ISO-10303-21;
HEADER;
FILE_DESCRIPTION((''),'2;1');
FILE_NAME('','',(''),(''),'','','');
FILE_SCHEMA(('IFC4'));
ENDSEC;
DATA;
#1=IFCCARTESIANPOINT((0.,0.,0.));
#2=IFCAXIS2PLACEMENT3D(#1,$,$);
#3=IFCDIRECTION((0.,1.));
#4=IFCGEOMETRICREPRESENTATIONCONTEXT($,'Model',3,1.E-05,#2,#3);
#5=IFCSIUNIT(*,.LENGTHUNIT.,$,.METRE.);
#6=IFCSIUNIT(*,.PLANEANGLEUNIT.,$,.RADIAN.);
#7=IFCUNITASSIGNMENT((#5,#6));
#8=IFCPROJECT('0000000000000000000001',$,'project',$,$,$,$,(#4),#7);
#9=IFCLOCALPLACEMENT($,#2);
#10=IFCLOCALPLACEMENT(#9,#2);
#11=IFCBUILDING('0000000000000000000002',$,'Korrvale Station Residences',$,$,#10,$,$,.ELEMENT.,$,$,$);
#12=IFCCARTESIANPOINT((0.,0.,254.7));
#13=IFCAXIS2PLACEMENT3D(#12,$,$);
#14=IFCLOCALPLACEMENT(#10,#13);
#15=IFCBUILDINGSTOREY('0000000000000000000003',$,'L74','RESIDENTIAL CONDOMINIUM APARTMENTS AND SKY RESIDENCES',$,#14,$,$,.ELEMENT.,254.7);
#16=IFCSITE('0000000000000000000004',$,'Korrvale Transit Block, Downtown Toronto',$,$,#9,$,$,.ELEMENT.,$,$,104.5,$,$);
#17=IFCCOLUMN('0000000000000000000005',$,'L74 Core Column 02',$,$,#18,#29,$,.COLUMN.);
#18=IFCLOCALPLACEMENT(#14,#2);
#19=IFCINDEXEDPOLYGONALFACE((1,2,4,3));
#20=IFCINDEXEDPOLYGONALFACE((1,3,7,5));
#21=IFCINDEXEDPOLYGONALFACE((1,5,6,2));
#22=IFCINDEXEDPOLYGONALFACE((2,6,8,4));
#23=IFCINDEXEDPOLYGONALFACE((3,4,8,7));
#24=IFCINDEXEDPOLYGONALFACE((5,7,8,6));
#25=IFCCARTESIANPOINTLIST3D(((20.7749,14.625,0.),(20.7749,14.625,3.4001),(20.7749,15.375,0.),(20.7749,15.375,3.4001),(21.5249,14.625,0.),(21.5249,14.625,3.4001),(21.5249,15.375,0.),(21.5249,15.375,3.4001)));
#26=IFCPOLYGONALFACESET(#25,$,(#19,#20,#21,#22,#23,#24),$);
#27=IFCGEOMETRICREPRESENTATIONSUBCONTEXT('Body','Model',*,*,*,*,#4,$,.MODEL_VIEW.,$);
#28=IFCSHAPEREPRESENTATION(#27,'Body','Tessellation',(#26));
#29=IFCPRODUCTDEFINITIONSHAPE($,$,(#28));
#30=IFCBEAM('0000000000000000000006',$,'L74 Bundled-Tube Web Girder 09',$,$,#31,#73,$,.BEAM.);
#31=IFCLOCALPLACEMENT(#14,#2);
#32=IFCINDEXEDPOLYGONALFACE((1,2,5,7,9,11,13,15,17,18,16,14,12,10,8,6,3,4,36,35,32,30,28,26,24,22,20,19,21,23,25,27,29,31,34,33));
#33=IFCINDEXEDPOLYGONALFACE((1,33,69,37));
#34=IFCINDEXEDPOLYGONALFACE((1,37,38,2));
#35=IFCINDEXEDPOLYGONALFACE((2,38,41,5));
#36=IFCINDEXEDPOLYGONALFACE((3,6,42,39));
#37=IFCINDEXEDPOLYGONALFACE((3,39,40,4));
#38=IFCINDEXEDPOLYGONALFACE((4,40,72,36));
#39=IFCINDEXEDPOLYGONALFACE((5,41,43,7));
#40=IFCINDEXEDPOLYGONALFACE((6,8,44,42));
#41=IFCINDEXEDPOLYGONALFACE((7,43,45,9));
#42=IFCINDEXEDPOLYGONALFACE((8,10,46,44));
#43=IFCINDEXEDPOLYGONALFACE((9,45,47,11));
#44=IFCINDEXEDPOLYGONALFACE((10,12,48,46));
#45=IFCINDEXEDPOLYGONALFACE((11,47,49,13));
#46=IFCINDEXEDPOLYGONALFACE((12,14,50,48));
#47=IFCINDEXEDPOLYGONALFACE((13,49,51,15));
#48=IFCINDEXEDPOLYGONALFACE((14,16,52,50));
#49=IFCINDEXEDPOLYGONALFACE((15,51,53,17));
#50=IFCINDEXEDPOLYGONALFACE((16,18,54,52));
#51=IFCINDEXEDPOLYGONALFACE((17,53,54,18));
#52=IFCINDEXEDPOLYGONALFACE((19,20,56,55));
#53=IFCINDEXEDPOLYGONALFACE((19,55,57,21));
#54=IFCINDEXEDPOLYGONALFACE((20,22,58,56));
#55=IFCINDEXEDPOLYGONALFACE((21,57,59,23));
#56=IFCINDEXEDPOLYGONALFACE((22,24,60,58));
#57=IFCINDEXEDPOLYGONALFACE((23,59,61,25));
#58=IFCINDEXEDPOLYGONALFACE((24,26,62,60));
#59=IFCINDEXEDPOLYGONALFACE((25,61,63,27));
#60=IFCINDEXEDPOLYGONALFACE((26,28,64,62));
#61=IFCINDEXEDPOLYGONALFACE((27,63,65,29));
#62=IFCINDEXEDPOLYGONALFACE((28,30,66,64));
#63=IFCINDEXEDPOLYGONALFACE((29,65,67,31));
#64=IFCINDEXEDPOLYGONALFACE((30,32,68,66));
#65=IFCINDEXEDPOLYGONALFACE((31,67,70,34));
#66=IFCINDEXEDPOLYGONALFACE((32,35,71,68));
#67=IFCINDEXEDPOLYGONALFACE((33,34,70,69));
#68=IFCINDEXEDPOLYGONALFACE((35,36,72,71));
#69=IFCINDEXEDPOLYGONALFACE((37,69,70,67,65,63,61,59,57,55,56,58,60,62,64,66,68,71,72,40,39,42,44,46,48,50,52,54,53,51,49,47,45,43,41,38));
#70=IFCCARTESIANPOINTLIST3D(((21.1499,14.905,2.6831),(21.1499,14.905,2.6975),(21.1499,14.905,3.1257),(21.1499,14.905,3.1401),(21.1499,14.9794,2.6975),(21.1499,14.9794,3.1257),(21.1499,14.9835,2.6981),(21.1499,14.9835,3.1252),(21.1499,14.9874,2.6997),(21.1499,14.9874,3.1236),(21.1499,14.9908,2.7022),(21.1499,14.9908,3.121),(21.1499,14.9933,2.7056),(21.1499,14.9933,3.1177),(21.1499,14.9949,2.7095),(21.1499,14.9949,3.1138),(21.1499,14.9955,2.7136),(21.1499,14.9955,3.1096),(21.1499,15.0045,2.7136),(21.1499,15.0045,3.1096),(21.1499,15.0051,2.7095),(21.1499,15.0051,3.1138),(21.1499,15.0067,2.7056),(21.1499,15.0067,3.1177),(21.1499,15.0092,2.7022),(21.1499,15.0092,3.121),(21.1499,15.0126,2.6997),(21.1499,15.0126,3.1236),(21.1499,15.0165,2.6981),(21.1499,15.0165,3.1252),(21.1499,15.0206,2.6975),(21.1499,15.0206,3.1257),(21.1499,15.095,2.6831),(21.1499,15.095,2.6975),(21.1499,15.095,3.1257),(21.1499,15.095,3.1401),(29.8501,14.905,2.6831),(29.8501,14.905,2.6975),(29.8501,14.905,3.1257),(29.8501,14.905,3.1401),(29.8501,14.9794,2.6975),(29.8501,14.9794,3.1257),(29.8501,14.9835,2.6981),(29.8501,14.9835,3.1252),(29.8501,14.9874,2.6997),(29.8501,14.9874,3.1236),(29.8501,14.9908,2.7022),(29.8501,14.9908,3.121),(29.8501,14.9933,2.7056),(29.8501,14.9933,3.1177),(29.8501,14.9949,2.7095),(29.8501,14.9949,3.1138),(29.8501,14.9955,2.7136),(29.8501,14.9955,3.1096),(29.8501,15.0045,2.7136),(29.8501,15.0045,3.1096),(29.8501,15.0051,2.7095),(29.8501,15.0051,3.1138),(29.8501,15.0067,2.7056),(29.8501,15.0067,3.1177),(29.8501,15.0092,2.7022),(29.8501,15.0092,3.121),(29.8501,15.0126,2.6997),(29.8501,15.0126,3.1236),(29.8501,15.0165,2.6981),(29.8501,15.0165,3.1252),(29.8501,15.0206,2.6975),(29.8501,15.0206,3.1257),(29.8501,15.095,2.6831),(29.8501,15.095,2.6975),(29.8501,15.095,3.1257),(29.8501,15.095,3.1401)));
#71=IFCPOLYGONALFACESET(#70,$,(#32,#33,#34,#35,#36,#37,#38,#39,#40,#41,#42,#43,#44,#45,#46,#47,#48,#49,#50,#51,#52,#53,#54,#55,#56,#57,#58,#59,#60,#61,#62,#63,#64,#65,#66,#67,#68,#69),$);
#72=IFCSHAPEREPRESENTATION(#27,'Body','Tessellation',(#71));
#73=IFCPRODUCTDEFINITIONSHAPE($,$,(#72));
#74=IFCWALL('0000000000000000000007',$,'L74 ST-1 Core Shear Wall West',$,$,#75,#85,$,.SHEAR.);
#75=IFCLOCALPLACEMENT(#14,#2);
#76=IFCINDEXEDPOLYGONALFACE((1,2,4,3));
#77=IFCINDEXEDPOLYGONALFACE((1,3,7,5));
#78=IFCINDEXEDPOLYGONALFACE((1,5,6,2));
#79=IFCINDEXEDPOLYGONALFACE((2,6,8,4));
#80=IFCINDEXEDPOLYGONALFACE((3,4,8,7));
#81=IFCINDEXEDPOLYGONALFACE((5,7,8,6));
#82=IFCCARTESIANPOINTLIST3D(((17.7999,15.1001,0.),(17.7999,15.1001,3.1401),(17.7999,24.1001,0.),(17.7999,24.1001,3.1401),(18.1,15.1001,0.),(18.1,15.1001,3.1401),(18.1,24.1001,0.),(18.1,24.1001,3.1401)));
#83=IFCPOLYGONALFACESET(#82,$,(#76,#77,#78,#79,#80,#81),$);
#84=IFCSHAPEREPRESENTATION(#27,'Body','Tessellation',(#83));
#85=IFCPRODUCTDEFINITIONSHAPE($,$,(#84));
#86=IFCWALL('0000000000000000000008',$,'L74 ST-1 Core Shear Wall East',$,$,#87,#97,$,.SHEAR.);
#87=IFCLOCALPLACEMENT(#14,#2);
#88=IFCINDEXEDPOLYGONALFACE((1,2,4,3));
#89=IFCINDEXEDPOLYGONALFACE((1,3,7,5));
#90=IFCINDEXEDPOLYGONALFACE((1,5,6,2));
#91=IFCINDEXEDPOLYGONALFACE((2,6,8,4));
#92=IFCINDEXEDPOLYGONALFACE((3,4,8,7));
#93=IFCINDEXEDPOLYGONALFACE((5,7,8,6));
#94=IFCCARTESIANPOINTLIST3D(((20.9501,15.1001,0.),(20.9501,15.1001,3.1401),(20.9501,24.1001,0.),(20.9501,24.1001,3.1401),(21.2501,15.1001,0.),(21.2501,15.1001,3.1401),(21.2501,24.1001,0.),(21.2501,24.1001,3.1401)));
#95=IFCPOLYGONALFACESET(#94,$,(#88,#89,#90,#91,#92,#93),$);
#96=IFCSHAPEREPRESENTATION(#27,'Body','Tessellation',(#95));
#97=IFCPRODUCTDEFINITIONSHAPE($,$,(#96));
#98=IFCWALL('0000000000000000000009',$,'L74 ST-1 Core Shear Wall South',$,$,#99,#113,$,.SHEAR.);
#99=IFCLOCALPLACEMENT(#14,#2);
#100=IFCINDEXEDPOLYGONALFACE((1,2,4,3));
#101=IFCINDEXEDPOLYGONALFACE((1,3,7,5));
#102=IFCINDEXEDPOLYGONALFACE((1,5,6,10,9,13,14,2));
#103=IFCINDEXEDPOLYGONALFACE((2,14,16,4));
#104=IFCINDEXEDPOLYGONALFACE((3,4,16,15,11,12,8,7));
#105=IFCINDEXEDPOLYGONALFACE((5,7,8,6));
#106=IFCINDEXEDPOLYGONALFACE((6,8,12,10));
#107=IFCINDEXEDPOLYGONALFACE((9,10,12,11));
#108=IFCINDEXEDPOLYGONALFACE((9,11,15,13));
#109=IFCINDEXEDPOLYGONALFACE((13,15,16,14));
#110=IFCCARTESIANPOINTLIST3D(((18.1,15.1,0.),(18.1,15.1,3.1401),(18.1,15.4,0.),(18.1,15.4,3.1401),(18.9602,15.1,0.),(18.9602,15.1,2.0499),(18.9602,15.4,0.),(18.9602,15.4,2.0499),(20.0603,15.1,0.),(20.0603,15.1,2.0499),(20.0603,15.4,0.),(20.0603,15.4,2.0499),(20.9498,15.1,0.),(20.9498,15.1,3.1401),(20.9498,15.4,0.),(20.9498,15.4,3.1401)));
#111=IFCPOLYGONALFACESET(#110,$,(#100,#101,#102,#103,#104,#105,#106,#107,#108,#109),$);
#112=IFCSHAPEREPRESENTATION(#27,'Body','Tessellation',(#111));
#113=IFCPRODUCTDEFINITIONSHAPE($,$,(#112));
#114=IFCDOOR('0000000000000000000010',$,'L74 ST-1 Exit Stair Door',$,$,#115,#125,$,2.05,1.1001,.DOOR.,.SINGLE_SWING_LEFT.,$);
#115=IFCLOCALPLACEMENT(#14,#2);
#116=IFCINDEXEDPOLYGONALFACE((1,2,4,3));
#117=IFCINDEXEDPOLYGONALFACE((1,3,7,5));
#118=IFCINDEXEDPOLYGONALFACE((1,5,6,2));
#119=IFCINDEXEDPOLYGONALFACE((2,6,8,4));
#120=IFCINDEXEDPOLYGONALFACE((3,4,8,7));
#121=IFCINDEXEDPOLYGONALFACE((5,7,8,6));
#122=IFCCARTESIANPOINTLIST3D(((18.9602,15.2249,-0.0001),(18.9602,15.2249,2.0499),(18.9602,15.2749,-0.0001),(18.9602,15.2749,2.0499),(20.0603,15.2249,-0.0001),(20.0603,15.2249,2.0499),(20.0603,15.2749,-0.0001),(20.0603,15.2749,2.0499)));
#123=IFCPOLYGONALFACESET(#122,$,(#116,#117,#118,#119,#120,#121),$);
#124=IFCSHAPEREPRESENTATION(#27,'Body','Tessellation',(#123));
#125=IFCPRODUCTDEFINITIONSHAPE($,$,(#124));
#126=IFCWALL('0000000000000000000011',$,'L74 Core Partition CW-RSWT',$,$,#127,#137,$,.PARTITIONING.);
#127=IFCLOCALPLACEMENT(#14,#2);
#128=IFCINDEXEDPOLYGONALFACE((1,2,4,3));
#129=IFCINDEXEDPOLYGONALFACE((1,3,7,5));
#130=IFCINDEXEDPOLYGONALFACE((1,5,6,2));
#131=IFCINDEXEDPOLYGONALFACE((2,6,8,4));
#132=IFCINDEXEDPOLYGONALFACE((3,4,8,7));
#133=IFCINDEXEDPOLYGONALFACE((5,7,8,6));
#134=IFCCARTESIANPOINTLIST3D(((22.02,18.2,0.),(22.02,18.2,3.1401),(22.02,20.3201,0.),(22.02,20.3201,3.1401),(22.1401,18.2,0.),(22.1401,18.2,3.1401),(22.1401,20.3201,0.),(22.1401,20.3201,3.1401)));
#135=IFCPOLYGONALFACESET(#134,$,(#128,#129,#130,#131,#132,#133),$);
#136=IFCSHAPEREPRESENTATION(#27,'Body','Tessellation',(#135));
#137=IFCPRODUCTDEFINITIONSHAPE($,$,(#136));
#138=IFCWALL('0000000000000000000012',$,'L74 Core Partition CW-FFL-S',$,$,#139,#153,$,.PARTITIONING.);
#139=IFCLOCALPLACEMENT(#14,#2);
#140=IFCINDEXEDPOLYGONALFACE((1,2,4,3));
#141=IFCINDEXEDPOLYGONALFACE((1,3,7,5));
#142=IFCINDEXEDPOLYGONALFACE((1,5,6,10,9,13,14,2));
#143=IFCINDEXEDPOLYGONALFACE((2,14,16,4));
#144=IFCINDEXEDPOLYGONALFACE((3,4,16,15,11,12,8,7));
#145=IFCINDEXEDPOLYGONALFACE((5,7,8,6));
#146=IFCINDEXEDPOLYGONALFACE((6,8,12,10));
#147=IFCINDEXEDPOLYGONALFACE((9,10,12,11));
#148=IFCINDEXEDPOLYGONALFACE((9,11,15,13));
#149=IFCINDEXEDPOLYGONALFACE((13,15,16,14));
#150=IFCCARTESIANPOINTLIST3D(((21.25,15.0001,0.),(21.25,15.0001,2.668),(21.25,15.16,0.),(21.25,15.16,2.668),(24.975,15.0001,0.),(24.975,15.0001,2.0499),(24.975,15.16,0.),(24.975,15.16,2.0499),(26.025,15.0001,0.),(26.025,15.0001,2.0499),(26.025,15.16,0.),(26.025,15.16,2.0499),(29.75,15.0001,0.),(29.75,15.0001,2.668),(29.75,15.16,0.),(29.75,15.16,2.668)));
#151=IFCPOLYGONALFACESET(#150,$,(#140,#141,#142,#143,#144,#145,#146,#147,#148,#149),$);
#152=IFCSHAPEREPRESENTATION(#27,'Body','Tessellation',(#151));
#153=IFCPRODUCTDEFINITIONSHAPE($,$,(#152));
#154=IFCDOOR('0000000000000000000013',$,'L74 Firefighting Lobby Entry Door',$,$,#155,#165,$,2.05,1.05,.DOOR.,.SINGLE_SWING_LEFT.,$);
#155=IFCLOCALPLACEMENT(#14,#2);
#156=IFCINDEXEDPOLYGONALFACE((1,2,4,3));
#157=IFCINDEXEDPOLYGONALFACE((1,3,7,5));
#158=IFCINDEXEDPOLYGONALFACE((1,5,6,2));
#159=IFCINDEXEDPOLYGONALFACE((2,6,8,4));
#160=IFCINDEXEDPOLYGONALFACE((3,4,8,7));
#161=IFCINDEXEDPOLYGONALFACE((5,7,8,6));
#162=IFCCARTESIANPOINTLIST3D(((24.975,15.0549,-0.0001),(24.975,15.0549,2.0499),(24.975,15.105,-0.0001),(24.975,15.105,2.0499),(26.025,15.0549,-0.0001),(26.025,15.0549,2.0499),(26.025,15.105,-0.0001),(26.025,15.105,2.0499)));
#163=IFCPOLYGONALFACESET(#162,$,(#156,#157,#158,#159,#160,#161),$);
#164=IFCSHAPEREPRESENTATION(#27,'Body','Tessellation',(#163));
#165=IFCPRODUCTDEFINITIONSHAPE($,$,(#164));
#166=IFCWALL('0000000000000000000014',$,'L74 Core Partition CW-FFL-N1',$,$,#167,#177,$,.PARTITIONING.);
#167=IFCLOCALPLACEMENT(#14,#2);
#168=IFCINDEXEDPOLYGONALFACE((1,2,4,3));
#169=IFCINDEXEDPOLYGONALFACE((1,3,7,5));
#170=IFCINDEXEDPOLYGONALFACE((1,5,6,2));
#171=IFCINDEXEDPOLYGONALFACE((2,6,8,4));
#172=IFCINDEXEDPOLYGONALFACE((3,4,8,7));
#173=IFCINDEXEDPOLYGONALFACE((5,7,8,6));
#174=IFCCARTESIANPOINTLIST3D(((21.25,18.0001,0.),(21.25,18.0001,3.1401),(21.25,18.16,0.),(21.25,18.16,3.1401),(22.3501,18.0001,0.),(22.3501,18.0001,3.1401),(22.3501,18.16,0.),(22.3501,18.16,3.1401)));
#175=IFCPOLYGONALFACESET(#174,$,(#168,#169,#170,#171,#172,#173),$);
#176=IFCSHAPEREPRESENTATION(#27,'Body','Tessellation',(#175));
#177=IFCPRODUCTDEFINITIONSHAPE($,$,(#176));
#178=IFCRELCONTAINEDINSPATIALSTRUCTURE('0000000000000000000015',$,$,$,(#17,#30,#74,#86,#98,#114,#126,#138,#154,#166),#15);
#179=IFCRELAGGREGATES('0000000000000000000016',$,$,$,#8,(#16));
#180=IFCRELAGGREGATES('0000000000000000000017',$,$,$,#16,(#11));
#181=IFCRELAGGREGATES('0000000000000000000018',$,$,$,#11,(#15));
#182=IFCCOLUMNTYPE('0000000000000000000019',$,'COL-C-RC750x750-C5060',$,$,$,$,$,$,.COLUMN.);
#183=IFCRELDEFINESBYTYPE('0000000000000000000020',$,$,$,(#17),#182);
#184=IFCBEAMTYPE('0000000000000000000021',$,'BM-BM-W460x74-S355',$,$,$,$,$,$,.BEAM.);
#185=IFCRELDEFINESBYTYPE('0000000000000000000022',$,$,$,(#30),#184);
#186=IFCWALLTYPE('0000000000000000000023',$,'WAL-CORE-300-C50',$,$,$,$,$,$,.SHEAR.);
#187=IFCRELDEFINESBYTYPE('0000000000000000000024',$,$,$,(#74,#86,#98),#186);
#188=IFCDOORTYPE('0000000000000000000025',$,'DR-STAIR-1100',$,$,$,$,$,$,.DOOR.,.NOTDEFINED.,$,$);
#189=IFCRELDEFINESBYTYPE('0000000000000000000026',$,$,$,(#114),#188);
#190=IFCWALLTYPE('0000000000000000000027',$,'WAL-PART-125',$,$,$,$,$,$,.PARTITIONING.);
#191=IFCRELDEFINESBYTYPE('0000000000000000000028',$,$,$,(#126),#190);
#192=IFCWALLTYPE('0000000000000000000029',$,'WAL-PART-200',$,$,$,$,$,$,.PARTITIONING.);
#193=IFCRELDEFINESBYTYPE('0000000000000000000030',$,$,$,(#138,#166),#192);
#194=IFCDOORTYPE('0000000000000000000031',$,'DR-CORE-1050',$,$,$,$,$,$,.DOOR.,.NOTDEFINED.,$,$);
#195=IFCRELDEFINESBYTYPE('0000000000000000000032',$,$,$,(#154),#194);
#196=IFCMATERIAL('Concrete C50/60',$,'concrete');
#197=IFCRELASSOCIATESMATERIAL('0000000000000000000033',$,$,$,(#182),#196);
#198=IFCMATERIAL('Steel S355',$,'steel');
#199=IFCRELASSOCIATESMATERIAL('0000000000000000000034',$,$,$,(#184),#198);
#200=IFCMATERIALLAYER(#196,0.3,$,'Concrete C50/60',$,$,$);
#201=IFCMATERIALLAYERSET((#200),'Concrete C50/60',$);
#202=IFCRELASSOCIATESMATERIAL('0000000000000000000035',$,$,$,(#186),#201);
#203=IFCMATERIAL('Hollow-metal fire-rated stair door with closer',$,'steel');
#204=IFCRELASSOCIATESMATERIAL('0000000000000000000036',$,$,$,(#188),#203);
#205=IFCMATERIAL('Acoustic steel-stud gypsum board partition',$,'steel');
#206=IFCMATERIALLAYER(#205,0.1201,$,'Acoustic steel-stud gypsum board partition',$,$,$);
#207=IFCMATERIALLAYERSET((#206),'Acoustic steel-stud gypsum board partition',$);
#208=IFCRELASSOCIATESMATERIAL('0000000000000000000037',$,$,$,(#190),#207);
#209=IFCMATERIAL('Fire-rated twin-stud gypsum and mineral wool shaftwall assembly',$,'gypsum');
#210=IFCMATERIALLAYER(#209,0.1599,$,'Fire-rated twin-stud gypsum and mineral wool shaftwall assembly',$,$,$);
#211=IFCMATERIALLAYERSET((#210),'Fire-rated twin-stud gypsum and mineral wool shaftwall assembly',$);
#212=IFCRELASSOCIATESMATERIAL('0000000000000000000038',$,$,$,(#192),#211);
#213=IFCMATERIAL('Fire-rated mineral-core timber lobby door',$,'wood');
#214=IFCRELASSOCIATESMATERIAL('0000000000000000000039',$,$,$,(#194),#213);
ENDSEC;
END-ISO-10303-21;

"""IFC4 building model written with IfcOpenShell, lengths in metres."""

from ifc_helpers import new_model, si_unit, direction, frame, frame_2d, origin, origin_2d, place, context, subcontext, project, spatial, rectangle, i_section, extrude, material, layer, layer_set, material_profile, profile_set, type_object, element, fill, save


model = new_model("IFC4")

# Units and contexts
model_context = context("Model", 3, precision=1e-05, world=origin(), true_north=direction((0.0, 1.0)))
body_context = subcontext(model_context, "Body", "Model", "MODEL_VIEW")
ifc_project = project(units=[si_unit("LENGTHUNIT", "METRE"), si_unit("PLANEANGLEUNIT", "RADIAN")], contexts=[model_context])

# Site, building, storey
site_placement = place(None, origin())
site = spatial("IfcSite", under=ifc_project, at=site_placement, Name="Korrvale Transit Block, Downtown Toronto", CompositionType="ELEMENT", RefElevation=104.5)
building_placement = place(site_placement, origin())
building = spatial("IfcBuilding", under=site, at=building_placement, Name="Korrvale Station Residences", CompositionType="ELEMENT")
storey_placement = place(building_placement, frame((0.0, 0.0, 254.7)))
storey = spatial("IfcBuildingStorey", under=building, at=storey_placement, Name="L74", Description="RESIDENTIAL CONDOMINIUM APARTMENTS AND SKY RESIDENCES", CompositionType="ELEMENT", Elevation=254.7)

# Column
ifc_material_1 = material(Name="Concrete C50/60", Category="concrete")
ifc_material_profile_1 = material_profile(ifc_material_1, rectangle(XDim=0.75, YDim=0.75, at=origin_2d()), Name="RC750x750")
ifc_profile_set_1 = profile_set([ifc_material_profile_1], Name="Concrete C50/60")
column_type = type_object("IfcColumnType", Name="COL-C-RC750x750-C5060", PredefinedType="COLUMN", material=ifc_profile_set_1)
column_placement = place(storey_placement, frame((21.1499, 15.0, 0.0), z_axis=(0.0, 0.0, 1.0), x_axis=(1.0, 0.0, 0.0)))
element("IfcColumn", 1, at=column_placement, inside=storey, type_object=column_type, Name="L74 Core Column 02", PredefinedType="COLUMN", context=body_context, shape_type="SweptSolid", body=[
    extrude(rectangle(XDim=0.75, YDim=0.75, at=origin_2d()), origin(), (0.0, 0.0, 1.0), 3.4001),
])

# Beam
ifc_material_2 = material(Name="Steel S355", Category="steel")
ifc_material_profile_2 = material_profile(ifc_material_2, i_section(OverallWidth=0.1899, OverallDepth=0.457, WebThickness=0.009, FlangeThickness=0.0144, FilletRadius=0.0161, at=origin_2d()), Name="W460x74")
ifc_profile_set_2 = profile_set([ifc_material_profile_2], Name="Steel S355")
beam_type = type_object("IfcBeamType", Name="BM-BM-W460x74-S355", PredefinedType="BEAM", material=ifc_profile_set_2)
beam_placement = place(storey_placement, frame((21.1499, 15.0, 2.9116), z_axis=(1.0, 0.0, 0.0), x_axis=(0.0, 1.0, 0.0)))
element("IfcBeam", 2, at=beam_placement, inside=storey, type_object=beam_type, Name="L74 Bundled-Tube Web Girder 09", PredefinedType="BEAM", context=body_context, shape_type="SweptSolid", body=[
    extrude(i_section(OverallWidth=0.1899, OverallDepth=0.457, WebThickness=0.009, FlangeThickness=0.0144, FilletRadius=0.0161, at=origin_2d()), origin(), (0.0, 0.0, 1.0), 8.7002),
])

# Walls
ifc_layer_1 = layer(ifc_material_1, 0.3, Name="Concrete C50/60")
ifc_layer_set_1 = layer_set([ifc_layer_1], Name="Concrete C50/60")
wall_type_1 = type_object("IfcWallType", Name="WAL-CORE-300-C50", PredefinedType="SHEAR", material=ifc_layer_set_1)
for number, where, z_axis, x_axis, name in (
    (3, (17.95, 15.1001, 0.0), (0.0, 0.0, 1.0), (0.0, 1.0, 0.0), "L74 ST-1 Core Shear Wall West"),
    (4, (21.1001, 15.1001, 0.0), (0.0, 0.0, 1.0), (0.0, 1.0, 0.0), "L74 ST-1 Core Shear Wall East"),
):
    element("IfcWall", number, at=place(storey_placement, frame(where, z_axis=z_axis, x_axis=x_axis)), inside=storey, type_object=wall_type_1, Name=name, PredefinedType="SHEAR", context=body_context, shape_type="SweptSolid", body=[
        extrude(rectangle(XDim=9.0, YDim=0.3, at=frame_2d((4.5, 0.0))), origin(), (0.0, 0.0, 1.0), 3.1401),
    ])

# Wall, opening, door
wall_1_placement = place(storey_placement, frame((18.1001, 15.25, 0.0), z_axis=(0.0, 0.0, 1.0), x_axis=(1.0, 0.0, 0.0)))
wall_1 = element("IfcWall", 5, at=wall_1_placement, inside=storey, type_object=wall_type_1, Name="L74 ST-1 Core Shear Wall South", PredefinedType="SHEAR", context=body_context, shape_type="SweptSolid", body=[
    extrude(rectangle(XDim=2.8499, YDim=0.3, at=frame_2d((1.4248, 0.0))), origin(), (0.0, 0.0, 1.0), 3.1401),
])
opening_1_placement = place(wall_1_placement, frame((0.8601, 0.0, 0.0)))
opening_1 = element("IfcOpeningElement", 6, at=opening_1_placement, cuts=wall_1, PredefinedType="OPENING", context=body_context, shape_type="SweptSolid", body=[
    extrude(rectangle(XDim=1.1001, YDim=2.05, at=frame_2d((0.55, 1.0249))), frame((0.0, 0.1602, 0.0), z_axis=(0.0, -1.0, 0.0), x_axis=(1.0, 0.0, 0.0)), (0.0, 0.0, 1.0), 0.3201),
])
ifc_material_3 = material(Name="Hollow-metal fire-rated stair door with closer", Category="steel")
door_type_1 = type_object("IfcDoorType", Name="DR-STAIR-1100", OperationType="NOTDEFINED", PredefinedType="DOOR", material=ifc_material_3)
door_1_placement = place(opening_1_placement, origin())
door_1 = element("IfcDoor", 7, at=door_1_placement, inside=storey, type_object=door_type_1, Name="L74 ST-1 Exit Stair Door", OperationType="SINGLE_SWING_LEFT", OverallHeight=2.05, OverallWidth=1.1001, PredefinedType="DOOR", context=body_context, shape_type="SweptSolid", body=[
    extrude(rectangle(XDim=1.1001, YDim=2.05, at=frame_2d((0.55, 1.0249))), frame((0.0, 0.0249, 0.0), z_axis=(0.0, -1.0, 0.0), x_axis=(1.0, 0.0, 0.0)), (0.0, 0.0, 1.0), 0.05),
])
fill(opening_1, door_1)

# Wall
ifc_material_4 = material(Name="Acoustic steel-stud gypsum board partition", Category="steel")
ifc_layer_2 = layer(ifc_material_4, 0.1201, Name="Acoustic steel-stud gypsum board partition")
ifc_layer_set_2 = layer_set([ifc_layer_2], Name="Acoustic steel-stud gypsum board partition")
wall_type_2 = type_object("IfcWallType", Name="WAL-PART-125", PredefinedType="PARTITIONING", material=ifc_layer_set_2)
wall_2_placement = place(storey_placement, frame((22.0801, 18.2, 0.0), z_axis=(0.0, 0.0, 1.0), x_axis=(0.0, 1.0, 0.0)))
element("IfcWall", 8, at=wall_2_placement, inside=storey, type_object=wall_type_2, Name="L74 Core Partition CW-RSWT", PredefinedType="PARTITIONING", context=body_context, shape_type="SweptSolid", body=[
    extrude(rectangle(XDim=2.1201, YDim=0.1201, at=frame_2d((1.0601, 0.0))), origin(), (0.0, 0.0, 1.0), 3.1401),
])

# Wall, opening, door
ifc_material_5 = material(Name="Fire-rated twin-stud gypsum and mineral wool shaftwall assembly", Category="gypsum")
ifc_layer_3 = layer(ifc_material_5, 0.1599, Name="Fire-rated twin-stud gypsum and mineral wool shaftwall assembly")
ifc_layer_set_3 = layer_set([ifc_layer_3], Name="Fire-rated twin-stud gypsum and mineral wool shaftwall assembly")
wall_type_3 = type_object("IfcWallType", Name="WAL-PART-200", PredefinedType="PARTITIONING", material=ifc_layer_set_3)
wall_3_placement = place(storey_placement, frame((21.25, 15.0801, 0.0), z_axis=(0.0, 0.0, 1.0), x_axis=(1.0, 0.0, 0.0)))
wall_3 = element("IfcWall", 9, at=wall_3_placement, inside=storey, type_object=wall_type_3, Name="L74 Core Partition CW-FFL-S", PredefinedType="PARTITIONING", context=body_context, shape_type="SweptSolid", body=[
    extrude(rectangle(XDim=8.5, YDim=0.1599, at=frame_2d((4.25, 0.0))), origin(), (0.0, 0.0, 1.0), 2.668),
])
opening_2_placement = place(wall_3_placement, frame((3.7251, 0.0, 0.0)))
opening_2 = element("IfcOpeningElement", 10, at=opening_2_placement, cuts=wall_3, PredefinedType="OPENING", context=body_context, shape_type="SweptSolid", body=[
    extrude(rectangle(XDim=1.05, YDim=2.05, at=frame_2d((0.5249, 1.0249))), frame((0.0, 0.0898, 0.0), z_axis=(0.0, -1.0, 0.0), x_axis=(1.0, 0.0, 0.0)), (0.0, 0.0, 1.0), 0.1799),
])
ifc_material_6 = material(Name="Fire-rated mineral-core timber lobby door", Category="wood")
door_type_2 = type_object("IfcDoorType", Name="DR-CORE-1050", OperationType="NOTDEFINED", PredefinedType="DOOR", material=ifc_material_6)
door_2_placement = place(opening_2_placement, origin())
door_2 = element("IfcDoor", 11, at=door_2_placement, inside=storey, type_object=door_type_2, Name="L74 Firefighting Lobby Entry Door", OperationType="SINGLE_SWING_LEFT", OverallHeight=2.05, OverallWidth=1.05, PredefinedType="DOOR", context=body_context, shape_type="SweptSolid", body=[
    extrude(rectangle(XDim=1.05, YDim=2.05, at=frame_2d((0.5249, 1.0249))), frame((0.0, 0.0249, 0.0), z_axis=(0.0, -1.0, 0.0), x_axis=(1.0, 0.0, 0.0)), (0.0, 0.0, 1.0), 0.05),
])
fill(opening_2, door_2)

# Wall
wall_4_placement = place(storey_placement, frame((21.25, 18.0801, 0.0), z_axis=(0.0, 0.0, 1.0), x_axis=(1.0, 0.0, 0.0)))
element("IfcWall", 12, at=wall_4_placement, inside=storey, type_object=wall_type_3, Name="L74 Core Partition CW-FFL-N1", PredefinedType="PARTITIONING", context=body_context, shape_type="SweptSolid", body=[
    extrude(rectangle(XDim=1.1001, YDim=0.1599, at=frame_2d((0.55, 0.0))), origin(), (0.0, 0.0, 1.0), 3.1401),
])

save(model, "model.ifc")
